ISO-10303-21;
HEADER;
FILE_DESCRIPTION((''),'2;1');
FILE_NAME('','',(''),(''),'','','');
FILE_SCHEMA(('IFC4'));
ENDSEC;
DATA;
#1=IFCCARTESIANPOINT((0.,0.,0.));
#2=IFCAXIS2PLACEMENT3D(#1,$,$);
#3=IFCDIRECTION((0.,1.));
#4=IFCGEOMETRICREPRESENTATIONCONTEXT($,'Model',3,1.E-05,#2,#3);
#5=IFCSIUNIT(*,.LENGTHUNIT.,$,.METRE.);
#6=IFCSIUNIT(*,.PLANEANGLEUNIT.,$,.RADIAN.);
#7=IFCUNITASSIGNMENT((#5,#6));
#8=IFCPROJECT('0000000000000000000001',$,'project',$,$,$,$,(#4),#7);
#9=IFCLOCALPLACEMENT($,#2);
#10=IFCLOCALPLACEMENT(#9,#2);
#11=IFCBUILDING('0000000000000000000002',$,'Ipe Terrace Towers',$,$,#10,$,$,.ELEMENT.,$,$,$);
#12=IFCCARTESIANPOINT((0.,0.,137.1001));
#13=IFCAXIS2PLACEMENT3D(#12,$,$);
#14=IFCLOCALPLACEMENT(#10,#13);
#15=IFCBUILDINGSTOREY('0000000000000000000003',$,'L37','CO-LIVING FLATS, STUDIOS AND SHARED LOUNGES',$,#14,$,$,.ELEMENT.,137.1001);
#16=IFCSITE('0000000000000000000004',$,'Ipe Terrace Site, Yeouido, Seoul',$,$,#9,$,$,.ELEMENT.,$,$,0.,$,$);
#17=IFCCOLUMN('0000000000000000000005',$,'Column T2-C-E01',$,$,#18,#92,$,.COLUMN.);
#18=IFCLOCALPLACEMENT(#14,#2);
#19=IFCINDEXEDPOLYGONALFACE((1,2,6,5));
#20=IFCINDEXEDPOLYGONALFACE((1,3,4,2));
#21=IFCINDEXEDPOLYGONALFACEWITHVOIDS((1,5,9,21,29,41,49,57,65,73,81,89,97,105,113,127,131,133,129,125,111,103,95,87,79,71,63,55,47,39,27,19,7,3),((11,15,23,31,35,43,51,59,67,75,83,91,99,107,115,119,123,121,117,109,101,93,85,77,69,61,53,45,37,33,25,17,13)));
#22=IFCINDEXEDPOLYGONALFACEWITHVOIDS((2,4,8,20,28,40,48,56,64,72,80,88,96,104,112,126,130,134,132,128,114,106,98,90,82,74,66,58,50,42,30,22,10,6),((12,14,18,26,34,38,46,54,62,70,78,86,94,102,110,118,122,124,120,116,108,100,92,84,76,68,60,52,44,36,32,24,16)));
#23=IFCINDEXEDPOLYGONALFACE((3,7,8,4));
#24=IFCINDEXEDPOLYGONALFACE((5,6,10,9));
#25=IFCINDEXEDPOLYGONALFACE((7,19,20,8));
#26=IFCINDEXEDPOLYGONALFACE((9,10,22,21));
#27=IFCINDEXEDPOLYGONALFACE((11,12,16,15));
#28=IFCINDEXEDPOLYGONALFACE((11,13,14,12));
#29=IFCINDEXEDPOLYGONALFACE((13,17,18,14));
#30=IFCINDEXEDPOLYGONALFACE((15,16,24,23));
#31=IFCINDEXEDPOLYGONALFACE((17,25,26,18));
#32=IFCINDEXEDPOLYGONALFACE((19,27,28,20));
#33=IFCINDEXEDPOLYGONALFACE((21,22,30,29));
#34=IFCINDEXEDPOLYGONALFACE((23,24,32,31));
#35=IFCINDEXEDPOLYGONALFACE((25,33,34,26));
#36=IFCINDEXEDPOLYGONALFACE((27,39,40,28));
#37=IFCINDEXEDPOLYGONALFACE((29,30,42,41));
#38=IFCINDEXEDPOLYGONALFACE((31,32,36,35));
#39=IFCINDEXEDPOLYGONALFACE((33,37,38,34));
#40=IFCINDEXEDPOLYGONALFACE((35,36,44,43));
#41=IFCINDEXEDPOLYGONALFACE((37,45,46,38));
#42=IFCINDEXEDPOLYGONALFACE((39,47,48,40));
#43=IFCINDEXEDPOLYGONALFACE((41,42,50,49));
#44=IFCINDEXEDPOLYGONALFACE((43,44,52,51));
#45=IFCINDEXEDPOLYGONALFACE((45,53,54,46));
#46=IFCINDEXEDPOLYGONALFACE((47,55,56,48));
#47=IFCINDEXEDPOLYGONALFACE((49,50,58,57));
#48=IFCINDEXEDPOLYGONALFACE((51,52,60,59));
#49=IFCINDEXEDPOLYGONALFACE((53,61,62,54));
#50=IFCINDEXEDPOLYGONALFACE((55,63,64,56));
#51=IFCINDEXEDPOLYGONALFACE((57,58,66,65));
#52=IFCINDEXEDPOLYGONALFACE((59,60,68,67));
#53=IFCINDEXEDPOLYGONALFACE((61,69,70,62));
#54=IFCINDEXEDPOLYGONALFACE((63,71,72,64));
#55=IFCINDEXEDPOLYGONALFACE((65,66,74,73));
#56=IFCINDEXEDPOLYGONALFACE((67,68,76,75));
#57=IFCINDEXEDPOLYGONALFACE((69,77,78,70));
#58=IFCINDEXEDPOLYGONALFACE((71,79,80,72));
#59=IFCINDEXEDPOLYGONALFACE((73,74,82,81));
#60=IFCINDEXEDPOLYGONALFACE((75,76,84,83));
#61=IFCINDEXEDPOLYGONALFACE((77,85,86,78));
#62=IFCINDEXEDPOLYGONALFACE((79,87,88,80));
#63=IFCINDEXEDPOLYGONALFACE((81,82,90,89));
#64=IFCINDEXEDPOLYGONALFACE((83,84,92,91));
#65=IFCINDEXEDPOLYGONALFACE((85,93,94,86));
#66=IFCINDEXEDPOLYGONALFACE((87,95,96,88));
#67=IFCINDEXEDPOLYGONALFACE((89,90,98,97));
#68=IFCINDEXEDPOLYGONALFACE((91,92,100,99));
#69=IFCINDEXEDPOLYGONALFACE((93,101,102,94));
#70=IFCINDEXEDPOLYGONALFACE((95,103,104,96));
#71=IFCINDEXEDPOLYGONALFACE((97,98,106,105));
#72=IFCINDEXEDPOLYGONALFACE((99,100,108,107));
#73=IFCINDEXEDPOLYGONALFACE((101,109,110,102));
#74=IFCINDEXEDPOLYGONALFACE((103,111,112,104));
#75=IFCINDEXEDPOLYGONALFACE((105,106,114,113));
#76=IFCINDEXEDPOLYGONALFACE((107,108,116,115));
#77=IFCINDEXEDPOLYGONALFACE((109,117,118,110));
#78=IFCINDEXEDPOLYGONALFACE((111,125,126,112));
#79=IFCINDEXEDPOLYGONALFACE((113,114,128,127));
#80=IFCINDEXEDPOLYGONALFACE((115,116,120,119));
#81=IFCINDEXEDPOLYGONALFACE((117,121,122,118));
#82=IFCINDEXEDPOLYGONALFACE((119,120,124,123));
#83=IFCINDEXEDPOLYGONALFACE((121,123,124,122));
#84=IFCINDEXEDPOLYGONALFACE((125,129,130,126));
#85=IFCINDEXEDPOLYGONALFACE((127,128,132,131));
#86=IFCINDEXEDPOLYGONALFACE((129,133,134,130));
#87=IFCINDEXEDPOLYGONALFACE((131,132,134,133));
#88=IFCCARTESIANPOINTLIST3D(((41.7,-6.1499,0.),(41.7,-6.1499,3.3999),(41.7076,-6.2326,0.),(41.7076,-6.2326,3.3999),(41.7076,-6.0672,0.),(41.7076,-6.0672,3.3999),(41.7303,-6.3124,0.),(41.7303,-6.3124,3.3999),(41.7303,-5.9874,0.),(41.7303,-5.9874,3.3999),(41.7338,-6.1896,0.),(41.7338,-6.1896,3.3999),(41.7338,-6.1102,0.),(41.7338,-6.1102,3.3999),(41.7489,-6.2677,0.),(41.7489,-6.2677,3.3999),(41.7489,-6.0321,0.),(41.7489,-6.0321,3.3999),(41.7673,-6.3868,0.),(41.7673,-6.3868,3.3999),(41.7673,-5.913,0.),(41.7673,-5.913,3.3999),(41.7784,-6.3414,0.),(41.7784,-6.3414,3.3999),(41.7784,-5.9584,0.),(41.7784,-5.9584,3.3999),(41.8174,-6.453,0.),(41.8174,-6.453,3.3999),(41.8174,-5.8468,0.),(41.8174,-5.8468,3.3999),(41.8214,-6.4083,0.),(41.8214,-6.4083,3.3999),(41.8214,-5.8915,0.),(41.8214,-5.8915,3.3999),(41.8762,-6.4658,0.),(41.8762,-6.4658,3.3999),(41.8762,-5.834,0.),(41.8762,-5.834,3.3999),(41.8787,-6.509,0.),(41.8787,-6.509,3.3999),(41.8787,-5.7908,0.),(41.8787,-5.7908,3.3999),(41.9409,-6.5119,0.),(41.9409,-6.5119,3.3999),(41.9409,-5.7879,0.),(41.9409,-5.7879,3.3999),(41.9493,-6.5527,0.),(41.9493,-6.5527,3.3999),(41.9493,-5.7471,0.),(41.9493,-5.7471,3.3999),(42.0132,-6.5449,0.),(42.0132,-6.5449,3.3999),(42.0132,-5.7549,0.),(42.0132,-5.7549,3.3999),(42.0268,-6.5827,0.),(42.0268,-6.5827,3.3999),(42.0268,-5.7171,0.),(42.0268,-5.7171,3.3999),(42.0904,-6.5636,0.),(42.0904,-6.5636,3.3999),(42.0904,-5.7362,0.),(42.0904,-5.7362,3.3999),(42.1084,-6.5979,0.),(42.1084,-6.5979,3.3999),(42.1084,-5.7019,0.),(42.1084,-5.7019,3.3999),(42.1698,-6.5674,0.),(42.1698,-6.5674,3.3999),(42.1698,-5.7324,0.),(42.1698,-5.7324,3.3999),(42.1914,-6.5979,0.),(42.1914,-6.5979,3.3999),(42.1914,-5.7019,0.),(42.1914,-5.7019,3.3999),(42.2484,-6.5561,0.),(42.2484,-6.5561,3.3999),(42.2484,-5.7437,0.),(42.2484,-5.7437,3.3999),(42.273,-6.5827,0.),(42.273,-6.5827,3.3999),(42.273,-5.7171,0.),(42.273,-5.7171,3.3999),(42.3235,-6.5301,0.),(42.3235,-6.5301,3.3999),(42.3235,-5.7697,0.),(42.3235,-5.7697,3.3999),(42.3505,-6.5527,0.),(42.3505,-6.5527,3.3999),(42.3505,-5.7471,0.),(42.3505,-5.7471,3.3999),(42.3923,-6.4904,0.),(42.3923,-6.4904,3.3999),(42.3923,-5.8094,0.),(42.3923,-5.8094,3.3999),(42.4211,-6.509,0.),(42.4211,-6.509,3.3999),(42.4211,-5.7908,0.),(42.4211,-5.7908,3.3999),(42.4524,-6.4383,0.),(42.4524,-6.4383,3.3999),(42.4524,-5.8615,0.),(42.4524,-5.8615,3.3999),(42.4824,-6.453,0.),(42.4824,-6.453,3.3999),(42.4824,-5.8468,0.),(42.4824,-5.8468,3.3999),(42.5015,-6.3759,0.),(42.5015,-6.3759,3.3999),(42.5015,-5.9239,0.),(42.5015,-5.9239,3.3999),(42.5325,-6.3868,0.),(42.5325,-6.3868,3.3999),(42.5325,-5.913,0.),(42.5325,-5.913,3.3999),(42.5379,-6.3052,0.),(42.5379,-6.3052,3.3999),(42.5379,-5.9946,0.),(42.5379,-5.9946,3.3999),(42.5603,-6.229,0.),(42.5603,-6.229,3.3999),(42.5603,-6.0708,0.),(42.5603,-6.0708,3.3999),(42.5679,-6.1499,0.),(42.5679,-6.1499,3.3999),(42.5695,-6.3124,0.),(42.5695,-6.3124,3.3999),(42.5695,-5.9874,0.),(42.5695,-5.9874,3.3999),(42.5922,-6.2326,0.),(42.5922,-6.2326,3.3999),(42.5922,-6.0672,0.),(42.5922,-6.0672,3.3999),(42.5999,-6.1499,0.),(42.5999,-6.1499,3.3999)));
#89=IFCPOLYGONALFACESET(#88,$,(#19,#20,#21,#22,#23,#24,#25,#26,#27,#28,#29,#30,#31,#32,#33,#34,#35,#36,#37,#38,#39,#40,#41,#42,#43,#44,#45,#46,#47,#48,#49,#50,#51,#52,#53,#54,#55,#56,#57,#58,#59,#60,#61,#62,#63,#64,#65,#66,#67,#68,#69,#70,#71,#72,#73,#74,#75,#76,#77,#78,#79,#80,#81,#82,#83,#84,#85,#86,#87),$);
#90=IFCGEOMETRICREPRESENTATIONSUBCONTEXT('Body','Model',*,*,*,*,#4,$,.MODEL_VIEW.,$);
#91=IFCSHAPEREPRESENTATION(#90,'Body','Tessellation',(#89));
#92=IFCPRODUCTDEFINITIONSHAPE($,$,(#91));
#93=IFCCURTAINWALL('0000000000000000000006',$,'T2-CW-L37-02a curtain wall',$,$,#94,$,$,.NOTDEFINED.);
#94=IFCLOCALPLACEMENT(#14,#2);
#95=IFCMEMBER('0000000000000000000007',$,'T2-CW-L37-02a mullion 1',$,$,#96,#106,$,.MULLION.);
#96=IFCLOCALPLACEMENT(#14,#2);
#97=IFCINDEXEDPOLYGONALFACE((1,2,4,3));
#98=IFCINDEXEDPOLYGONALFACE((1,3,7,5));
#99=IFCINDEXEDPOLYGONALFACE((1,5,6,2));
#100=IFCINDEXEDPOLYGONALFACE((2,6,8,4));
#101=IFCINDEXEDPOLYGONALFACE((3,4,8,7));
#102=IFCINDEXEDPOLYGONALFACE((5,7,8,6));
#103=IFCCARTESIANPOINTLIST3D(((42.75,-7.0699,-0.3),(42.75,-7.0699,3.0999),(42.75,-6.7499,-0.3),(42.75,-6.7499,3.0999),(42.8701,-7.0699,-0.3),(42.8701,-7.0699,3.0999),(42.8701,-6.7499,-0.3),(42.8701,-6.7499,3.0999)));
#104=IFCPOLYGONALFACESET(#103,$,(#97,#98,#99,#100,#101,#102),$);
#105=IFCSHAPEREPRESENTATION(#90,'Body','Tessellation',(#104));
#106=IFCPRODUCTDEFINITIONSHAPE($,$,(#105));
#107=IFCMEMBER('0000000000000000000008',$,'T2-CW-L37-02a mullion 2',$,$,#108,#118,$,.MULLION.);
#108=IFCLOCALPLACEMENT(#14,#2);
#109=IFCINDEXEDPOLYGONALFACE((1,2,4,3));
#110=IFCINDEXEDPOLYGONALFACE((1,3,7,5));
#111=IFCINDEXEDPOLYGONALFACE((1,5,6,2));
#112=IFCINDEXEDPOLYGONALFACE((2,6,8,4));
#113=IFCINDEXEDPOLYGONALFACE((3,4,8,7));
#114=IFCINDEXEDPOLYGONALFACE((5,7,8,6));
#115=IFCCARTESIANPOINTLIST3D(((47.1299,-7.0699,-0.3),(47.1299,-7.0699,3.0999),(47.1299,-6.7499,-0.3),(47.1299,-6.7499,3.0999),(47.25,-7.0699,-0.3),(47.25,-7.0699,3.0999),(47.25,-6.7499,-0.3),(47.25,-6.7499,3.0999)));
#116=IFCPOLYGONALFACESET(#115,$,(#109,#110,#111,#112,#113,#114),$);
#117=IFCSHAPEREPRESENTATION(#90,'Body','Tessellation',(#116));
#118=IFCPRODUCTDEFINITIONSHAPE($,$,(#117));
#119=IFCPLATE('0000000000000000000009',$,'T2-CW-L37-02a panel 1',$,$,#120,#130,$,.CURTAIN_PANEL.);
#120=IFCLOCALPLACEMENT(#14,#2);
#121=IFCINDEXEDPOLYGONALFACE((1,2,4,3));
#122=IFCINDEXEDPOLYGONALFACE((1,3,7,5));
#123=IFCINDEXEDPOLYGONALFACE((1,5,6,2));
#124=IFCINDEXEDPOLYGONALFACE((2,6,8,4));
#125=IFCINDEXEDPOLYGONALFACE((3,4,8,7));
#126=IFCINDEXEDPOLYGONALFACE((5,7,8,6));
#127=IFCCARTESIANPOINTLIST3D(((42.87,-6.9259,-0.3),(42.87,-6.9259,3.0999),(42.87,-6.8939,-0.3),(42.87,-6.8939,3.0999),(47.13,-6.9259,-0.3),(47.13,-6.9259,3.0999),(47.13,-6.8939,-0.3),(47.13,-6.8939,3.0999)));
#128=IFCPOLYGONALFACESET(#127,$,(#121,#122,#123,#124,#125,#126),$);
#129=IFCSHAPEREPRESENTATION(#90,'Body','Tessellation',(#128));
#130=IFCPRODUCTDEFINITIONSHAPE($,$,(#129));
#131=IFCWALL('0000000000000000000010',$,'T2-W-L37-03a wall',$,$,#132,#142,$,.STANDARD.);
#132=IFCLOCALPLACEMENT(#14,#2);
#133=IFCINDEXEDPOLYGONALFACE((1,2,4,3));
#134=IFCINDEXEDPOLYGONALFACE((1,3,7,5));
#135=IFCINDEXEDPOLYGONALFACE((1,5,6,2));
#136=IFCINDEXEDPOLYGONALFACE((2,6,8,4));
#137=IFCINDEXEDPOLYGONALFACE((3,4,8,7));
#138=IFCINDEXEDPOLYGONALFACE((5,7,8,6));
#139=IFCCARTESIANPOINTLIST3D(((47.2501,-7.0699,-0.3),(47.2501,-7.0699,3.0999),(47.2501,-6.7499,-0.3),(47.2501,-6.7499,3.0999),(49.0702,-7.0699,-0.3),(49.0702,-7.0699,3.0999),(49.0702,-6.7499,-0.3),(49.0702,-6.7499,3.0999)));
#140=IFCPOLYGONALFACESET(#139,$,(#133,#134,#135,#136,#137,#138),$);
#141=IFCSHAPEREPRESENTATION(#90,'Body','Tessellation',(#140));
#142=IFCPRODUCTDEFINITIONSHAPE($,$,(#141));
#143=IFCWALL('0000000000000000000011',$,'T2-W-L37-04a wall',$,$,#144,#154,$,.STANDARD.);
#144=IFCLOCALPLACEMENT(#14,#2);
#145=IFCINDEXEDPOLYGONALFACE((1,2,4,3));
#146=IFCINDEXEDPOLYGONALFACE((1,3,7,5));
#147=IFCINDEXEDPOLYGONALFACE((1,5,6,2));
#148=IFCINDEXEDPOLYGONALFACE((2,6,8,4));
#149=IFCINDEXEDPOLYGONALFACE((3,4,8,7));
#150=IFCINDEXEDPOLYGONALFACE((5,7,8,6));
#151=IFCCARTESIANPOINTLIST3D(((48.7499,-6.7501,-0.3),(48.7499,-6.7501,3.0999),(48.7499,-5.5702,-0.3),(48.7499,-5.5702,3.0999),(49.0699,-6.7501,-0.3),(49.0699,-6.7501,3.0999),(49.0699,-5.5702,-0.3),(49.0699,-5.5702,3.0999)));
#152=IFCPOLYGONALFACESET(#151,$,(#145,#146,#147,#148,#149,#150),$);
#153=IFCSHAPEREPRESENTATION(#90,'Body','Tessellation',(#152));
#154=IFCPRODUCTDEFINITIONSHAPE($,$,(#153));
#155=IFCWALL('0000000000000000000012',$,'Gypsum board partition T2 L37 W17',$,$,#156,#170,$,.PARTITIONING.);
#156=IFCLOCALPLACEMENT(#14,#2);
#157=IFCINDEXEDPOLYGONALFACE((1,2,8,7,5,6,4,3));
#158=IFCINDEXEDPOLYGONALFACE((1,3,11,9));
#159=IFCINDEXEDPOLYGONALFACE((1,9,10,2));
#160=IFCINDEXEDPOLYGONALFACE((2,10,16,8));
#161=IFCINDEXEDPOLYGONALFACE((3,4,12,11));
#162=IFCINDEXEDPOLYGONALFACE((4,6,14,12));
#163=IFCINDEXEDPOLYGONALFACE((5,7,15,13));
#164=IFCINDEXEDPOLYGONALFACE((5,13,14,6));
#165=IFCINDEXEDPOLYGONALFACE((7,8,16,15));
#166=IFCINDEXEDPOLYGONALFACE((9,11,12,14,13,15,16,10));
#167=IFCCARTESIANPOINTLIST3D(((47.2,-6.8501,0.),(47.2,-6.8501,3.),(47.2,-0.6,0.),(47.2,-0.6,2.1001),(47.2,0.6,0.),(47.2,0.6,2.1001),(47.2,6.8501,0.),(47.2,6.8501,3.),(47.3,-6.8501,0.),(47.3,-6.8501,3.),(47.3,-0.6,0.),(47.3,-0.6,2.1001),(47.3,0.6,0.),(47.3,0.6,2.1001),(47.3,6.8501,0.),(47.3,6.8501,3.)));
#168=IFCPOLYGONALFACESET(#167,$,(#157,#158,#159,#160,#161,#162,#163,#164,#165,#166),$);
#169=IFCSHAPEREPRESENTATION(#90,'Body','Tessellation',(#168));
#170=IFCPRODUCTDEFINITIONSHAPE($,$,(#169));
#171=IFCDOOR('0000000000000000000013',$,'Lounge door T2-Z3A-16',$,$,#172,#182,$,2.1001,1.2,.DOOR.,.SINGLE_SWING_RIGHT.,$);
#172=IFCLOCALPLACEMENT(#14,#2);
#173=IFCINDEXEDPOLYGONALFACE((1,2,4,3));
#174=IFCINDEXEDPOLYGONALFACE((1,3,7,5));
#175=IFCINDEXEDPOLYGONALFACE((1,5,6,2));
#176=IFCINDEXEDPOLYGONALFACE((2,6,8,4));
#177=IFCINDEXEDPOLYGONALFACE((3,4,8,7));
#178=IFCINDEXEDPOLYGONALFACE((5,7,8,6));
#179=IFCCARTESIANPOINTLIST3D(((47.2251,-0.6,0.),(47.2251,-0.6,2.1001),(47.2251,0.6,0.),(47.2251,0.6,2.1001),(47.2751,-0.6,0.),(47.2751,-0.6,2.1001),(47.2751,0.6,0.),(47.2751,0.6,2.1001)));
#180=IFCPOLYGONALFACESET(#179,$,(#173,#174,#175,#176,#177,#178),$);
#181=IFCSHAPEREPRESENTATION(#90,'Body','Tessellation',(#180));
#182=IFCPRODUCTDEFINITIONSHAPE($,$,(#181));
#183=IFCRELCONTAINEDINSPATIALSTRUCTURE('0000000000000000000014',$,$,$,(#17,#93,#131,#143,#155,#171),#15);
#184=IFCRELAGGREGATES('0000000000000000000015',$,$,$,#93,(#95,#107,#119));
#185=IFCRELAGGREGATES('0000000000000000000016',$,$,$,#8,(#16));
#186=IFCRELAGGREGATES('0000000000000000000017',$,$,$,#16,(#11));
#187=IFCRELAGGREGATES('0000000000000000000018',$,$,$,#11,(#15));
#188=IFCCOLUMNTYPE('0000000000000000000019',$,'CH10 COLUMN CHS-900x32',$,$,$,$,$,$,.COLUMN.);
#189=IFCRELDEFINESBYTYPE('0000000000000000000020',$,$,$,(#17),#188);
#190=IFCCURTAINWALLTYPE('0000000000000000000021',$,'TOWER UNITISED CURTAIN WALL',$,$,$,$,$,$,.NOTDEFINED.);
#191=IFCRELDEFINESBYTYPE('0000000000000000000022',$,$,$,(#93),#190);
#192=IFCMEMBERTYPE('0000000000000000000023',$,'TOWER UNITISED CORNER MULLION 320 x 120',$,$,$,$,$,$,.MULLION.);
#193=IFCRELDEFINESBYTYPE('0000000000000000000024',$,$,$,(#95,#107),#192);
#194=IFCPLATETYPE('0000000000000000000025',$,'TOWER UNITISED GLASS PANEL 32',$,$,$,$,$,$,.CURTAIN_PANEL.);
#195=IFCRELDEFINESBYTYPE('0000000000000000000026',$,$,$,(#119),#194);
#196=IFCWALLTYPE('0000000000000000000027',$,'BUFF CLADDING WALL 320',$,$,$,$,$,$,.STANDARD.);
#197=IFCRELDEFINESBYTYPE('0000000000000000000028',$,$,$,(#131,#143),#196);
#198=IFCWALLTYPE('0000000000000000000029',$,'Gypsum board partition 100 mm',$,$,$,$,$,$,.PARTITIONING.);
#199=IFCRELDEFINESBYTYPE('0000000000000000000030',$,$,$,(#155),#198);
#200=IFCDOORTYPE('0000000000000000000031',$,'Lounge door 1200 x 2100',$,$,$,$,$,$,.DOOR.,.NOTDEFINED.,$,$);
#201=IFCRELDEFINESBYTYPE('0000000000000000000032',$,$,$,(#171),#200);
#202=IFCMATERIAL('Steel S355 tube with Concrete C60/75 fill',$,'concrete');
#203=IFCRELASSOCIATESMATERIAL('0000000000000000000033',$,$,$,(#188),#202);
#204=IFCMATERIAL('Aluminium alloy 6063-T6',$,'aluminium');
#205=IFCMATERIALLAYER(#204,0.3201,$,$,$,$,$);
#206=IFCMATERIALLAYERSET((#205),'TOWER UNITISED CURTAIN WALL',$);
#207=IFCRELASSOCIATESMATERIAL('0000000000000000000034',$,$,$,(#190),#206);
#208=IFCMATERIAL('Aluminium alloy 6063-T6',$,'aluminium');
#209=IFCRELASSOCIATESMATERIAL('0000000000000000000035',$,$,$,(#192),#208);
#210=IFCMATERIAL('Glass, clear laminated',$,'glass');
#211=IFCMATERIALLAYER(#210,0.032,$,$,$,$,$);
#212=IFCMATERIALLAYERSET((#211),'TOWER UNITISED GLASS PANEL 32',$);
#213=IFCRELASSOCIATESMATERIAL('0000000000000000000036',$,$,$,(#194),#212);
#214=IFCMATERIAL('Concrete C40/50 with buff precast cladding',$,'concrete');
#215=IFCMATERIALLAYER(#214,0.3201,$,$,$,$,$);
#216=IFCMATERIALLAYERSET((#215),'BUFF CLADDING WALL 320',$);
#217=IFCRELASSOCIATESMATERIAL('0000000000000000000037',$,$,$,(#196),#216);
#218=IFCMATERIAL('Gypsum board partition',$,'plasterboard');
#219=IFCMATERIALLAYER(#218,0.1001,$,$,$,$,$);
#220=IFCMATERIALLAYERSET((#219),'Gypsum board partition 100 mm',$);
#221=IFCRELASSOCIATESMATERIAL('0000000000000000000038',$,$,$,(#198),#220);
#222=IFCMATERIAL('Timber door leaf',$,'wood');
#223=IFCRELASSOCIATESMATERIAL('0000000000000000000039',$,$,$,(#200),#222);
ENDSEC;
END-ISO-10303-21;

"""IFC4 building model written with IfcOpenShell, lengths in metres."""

from ifc_helpers import new_model, si_unit, direction, frame, frame_2d, origin, origin_2d, place, context, subcontext, project, spatial, rectangle, hollow_circle, extrude, material, layer, layer_set, material_profile, profile_set, type_object, element, fill, aggregate, save


model = new_model("IFC4")

# Units and contexts
model_context = context("Model", 3, precision=1e-05, world=origin(), true_north=direction((0.0, 1.0)))
body_context = subcontext(model_context, "Body", "Model", "MODEL_VIEW")
ifc_project = project(units=[si_unit("LENGTHUNIT", "METRE"), si_unit("PLANEANGLEUNIT", "RADIAN")], contexts=[model_context])

# Site, building, storey
site_placement = place(None, origin())
site = spatial("IfcSite", under=ifc_project, at=site_placement, Name="Ipe Terrace Site, Yeouido, Seoul", CompositionType="ELEMENT", RefElevation=0.0)
building_placement = place(site_placement, origin())
building = spatial("IfcBuilding", under=site, at=building_placement, Name="Ipe Terrace Towers", CompositionType="ELEMENT")
storey_placement = place(building_placement, frame((0.0, 0.0, 137.1001)))
storey = spatial("IfcBuildingStorey", under=building, at=storey_placement, Name="L37", Description="CO-LIVING FLATS, STUDIOS AND SHARED LOUNGES", CompositionType="ELEMENT", Elevation=137.1001)

# Column
ifc_material_1 = material(Name="Steel S355 tube with Concrete C60/75 fill", Category="concrete")
ifc_material_profile_1 = material_profile(ifc_material_1, hollow_circle(Radius=0.45, WallThickness=0.032, at=origin_2d()), Name="CHS-900x32")
ifc_profile_set_1 = profile_set([ifc_material_profile_1], Name="Steel S355 tube with Concrete C60/75 fill")
column_type = type_object("IfcColumnType", Name="CH10 COLUMN CHS-900x32", PredefinedType="COLUMN", material=ifc_profile_set_1)
column_placement = place(storey_placement, frame((42.1499, -6.1499, 0.0), z_axis=(0.0, 0.0, 1.0), x_axis=(1.0, 0.0, 0.0)))
element("IfcColumn", 1, at=column_placement, inside=storey, type_object=column_type, Name="Column T2-C-E01", PredefinedType="COLUMN", context=body_context, shape_type="SweptSolid", body=[
    extrude(hollow_circle(Radius=0.45, WallThickness=0.032, at=origin_2d()), origin(), (0.0, 0.0, 1.0), 3.3999),
])

# Curtain wall, members, plate
ifc_material_2 = material(Name="Aluminium alloy 6063-T6", Category="aluminium")
ifc_layer_1 = layer(ifc_material_2, 0.3201)
ifc_layer_set_1 = layer_set([ifc_layer_1], Name="TOWER UNITISED CURTAIN WALL")
curtain_wall_type = type_object("IfcCurtainWallType", Name="TOWER UNITISED CURTAIN WALL", PredefinedType="NOTDEFINED", material=ifc_layer_set_1)
curtain_wall_placement = place(storey_placement, origin())
curtain_wall = element("IfcCurtainWall", 2, at=curtain_wall_placement, inside=storey, type_object=curtain_wall_type, Name="T2-CW-L37-02a curtain wall", PredefinedType="NOTDEFINED")
ifc_material_3 = material(Name="Aluminium alloy 6063-T6", Category="aluminium")
ifc_material_profile_2 = material_profile(ifc_material_3, rectangle(XDim=0.3201, YDim=0.1201, at=origin_2d()), Name="TOWER UNITISED CORNER MULLION 320 x 120")
ifc_profile_set_2 = profile_set([ifc_material_profile_2], Name="Aluminium alloy 6063-T6")
member_type = type_object("IfcMemberType", Name="TOWER UNITISED CORNER MULLION 320 x 120", PredefinedType="MULLION", material=ifc_profile_set_2)
member_1_placement = place(storey_placement, frame((42.8101, -6.9099, -0.3), z_axis=(0.0, 0.0, 1.0), x_axis=(0.0, -1.0, 0.0)))
member_1 = element("IfcMember", 3, at=member_1_placement, type_object=member_type, Name="T2-CW-L37-02a mullion 1", PredefinedType="MULLION", context=body_context, shape_type="SweptSolid", body=[
    extrude(rectangle(XDim=0.3201, YDim=0.1201, at=origin_2d()), origin(), (0.0, 0.0, 1.0), 3.3999),
])
member_2_placement = place(storey_placement, frame((47.1899, -6.9099, -0.3), z_axis=(0.0, 0.0, 1.0), x_axis=(0.0, -1.0, 0.0)))
member_2 = element("IfcMember", 4, at=member_2_placement, type_object=member_type, Name="T2-CW-L37-02a mullion 2", PredefinedType="MULLION", context=body_context, shape_type="SweptSolid", body=[
    extrude(rectangle(XDim=0.3201, YDim=0.1201, at=origin_2d()), origin(), (0.0, 0.0, 1.0), 3.3999),
])
ifc_material_4 = material(Name="Glass, clear laminated", Category="glass")
ifc_layer_2 = layer(ifc_material_4, 0.032)
ifc_layer_set_2 = layer_set([ifc_layer_2], Name="TOWER UNITISED GLASS PANEL 32")
plate_type = type_object("IfcPlateType", Name="TOWER UNITISED GLASS PANEL 32", PredefinedType="CURTAIN_PANEL", material=ifc_layer_set_2)
plate_placement = place(storey_placement, frame((45.0, -6.9099, -0.3), z_axis=(0.0, 0.0, 1.0), x_axis=(1.0, 0.0, 0.0)))
plate = element("IfcPlate", 5, at=plate_placement, type_object=plate_type, Name="T2-CW-L37-02a panel 1", PredefinedType="CURTAIN_PANEL", context=body_context, shape_type="SweptSolid", body=[
    extrude(rectangle(XDim=4.26, YDim=0.032, at=origin_2d()), origin(), (0.0, 0.0, 1.0), 3.3999),
])
aggregate(curtain_wall, [member_1, member_2, plate])

# Walls
ifc_material_5 = material(Name="Concrete C40/50 with buff precast cladding", Category="concrete")
ifc_layer_3 = layer(ifc_material_5, 0.3201)
ifc_layer_set_3 = layer_set([ifc_layer_3], Name="BUFF CLADDING WALL 320")
wall_type_1 = type_object("IfcWallType", Name="BUFF CLADDING WALL 320", PredefinedType="STANDARD", material=ifc_layer_set_3)
wall_1_placement = place(storey_placement, frame((47.25, -6.9099, -0.3), z_axis=(0.0, 0.0, 1.0), x_axis=(1.0, 0.0, 0.0)))
element("IfcWall", 6, at=wall_1_placement, inside=storey, type_object=wall_type_1, Name="T2-W-L37-03a wall", PredefinedType="STANDARD", context=body_context, shape_type="SweptSolid", body=[
    extrude(rectangle(XDim=1.8201, YDim=0.3201, at=frame_2d((0.9102, 0.0))), origin(), (0.0, 0.0, 1.0), 3.3999),
])
wall_2_placement = place(storey_placement, frame((48.9099, -6.75, -0.3), z_axis=(0.0, 0.0, 1.0), x_axis=(0.0, 1.0, 0.0)))
element("IfcWall", 7, at=wall_2_placement, inside=storey, type_object=wall_type_1, Name="T2-W-L37-04a wall", PredefinedType="STANDARD", context=body_context, shape_type="SweptSolid", body=[
    extrude(rectangle(XDim=1.1799, YDim=0.3201, at=frame_2d((0.5898, 0.0))), origin(), (0.0, 0.0, 1.0), 3.3999),
])

# Wall, opening, door
ifc_material_6 = material(Name="Gypsum board partition", Category="plasterboard")
ifc_layer_4 = layer(ifc_material_6, 0.1001)
ifc_layer_set_4 = layer_set([ifc_layer_4], Name="Gypsum board partition 100 mm")
wall_type_2 = type_object("IfcWallType", Name="Gypsum board partition 100 mm", PredefinedType="PARTITIONING", material=ifc_layer_set_4)
wall_3_placement = place(storey_placement, frame((47.25, -6.8501, 0.0), z_axis=(0.0, 0.0, 1.0), x_axis=(0.0, 1.0, 0.0)))
wall_3 = element("IfcWall", 8, at=wall_3_placement, inside=storey, type_object=wall_type_2, Name="Gypsum board partition T2 L37 W17", PredefinedType="PARTITIONING", context=body_context, shape_type="SweptSolid", body=[
    extrude(rectangle(XDim=13.7002, YDim=0.1001, at=frame_2d((6.8501, 0.0))), origin(), (0.0, 0.0, 1.0), 3.0),
])
opening_1_placement = place(wall_3_placement, frame((6.25, 0.0, 0.0)))
opening_1 = element("IfcOpeningElement", 9, at=opening_1_placement, cuts=wall_3, PredefinedType="OPENING", context=body_context, shape_type="SweptSolid", body=[
    extrude(rectangle(XDim=1.2, YDim=2.1001, at=frame_2d((0.6001, 1.05))), frame((0.0, 0.0601, 0.0), z_axis=(0.0, -1.0, 0.0), x_axis=(1.0, 0.0, 0.0)), (0.0, 0.0, 1.0), 0.1201),
])
ifc_material_7 = material(Name="Timber door leaf", Category="wood")
door_type_1 = type_object("IfcDoorType", Name="Lounge door 1200 x 2100", OperationType="NOTDEFINED", PredefinedType="DOOR", material=ifc_material_7)
door_1_placement = place(opening_1_placement, origin())
door_1 = element("IfcDoor", 10, at=door_1_placement, inside=storey, type_object=door_type_1, Name="Lounge door T2-Z3A-16", OperationType="SINGLE_SWING_RIGHT", OverallHeight=2.1001, OverallWidth=1.2, PredefinedType="DOOR", context=body_context, shape_type="SweptSolid", body=[
    extrude(rectangle(XDim=1.2, YDim=2.1001, at=frame_2d((0.6001, 1.05))), frame((0.0, 0.0249, 0.0), z_axis=(0.0, -1.0, 0.0), x_axis=(1.0, 0.0, 0.0)), (0.0, 0.0, 1.0), 0.05),
])
fill(opening_1, door_1)

save(model, "model.ifc")
